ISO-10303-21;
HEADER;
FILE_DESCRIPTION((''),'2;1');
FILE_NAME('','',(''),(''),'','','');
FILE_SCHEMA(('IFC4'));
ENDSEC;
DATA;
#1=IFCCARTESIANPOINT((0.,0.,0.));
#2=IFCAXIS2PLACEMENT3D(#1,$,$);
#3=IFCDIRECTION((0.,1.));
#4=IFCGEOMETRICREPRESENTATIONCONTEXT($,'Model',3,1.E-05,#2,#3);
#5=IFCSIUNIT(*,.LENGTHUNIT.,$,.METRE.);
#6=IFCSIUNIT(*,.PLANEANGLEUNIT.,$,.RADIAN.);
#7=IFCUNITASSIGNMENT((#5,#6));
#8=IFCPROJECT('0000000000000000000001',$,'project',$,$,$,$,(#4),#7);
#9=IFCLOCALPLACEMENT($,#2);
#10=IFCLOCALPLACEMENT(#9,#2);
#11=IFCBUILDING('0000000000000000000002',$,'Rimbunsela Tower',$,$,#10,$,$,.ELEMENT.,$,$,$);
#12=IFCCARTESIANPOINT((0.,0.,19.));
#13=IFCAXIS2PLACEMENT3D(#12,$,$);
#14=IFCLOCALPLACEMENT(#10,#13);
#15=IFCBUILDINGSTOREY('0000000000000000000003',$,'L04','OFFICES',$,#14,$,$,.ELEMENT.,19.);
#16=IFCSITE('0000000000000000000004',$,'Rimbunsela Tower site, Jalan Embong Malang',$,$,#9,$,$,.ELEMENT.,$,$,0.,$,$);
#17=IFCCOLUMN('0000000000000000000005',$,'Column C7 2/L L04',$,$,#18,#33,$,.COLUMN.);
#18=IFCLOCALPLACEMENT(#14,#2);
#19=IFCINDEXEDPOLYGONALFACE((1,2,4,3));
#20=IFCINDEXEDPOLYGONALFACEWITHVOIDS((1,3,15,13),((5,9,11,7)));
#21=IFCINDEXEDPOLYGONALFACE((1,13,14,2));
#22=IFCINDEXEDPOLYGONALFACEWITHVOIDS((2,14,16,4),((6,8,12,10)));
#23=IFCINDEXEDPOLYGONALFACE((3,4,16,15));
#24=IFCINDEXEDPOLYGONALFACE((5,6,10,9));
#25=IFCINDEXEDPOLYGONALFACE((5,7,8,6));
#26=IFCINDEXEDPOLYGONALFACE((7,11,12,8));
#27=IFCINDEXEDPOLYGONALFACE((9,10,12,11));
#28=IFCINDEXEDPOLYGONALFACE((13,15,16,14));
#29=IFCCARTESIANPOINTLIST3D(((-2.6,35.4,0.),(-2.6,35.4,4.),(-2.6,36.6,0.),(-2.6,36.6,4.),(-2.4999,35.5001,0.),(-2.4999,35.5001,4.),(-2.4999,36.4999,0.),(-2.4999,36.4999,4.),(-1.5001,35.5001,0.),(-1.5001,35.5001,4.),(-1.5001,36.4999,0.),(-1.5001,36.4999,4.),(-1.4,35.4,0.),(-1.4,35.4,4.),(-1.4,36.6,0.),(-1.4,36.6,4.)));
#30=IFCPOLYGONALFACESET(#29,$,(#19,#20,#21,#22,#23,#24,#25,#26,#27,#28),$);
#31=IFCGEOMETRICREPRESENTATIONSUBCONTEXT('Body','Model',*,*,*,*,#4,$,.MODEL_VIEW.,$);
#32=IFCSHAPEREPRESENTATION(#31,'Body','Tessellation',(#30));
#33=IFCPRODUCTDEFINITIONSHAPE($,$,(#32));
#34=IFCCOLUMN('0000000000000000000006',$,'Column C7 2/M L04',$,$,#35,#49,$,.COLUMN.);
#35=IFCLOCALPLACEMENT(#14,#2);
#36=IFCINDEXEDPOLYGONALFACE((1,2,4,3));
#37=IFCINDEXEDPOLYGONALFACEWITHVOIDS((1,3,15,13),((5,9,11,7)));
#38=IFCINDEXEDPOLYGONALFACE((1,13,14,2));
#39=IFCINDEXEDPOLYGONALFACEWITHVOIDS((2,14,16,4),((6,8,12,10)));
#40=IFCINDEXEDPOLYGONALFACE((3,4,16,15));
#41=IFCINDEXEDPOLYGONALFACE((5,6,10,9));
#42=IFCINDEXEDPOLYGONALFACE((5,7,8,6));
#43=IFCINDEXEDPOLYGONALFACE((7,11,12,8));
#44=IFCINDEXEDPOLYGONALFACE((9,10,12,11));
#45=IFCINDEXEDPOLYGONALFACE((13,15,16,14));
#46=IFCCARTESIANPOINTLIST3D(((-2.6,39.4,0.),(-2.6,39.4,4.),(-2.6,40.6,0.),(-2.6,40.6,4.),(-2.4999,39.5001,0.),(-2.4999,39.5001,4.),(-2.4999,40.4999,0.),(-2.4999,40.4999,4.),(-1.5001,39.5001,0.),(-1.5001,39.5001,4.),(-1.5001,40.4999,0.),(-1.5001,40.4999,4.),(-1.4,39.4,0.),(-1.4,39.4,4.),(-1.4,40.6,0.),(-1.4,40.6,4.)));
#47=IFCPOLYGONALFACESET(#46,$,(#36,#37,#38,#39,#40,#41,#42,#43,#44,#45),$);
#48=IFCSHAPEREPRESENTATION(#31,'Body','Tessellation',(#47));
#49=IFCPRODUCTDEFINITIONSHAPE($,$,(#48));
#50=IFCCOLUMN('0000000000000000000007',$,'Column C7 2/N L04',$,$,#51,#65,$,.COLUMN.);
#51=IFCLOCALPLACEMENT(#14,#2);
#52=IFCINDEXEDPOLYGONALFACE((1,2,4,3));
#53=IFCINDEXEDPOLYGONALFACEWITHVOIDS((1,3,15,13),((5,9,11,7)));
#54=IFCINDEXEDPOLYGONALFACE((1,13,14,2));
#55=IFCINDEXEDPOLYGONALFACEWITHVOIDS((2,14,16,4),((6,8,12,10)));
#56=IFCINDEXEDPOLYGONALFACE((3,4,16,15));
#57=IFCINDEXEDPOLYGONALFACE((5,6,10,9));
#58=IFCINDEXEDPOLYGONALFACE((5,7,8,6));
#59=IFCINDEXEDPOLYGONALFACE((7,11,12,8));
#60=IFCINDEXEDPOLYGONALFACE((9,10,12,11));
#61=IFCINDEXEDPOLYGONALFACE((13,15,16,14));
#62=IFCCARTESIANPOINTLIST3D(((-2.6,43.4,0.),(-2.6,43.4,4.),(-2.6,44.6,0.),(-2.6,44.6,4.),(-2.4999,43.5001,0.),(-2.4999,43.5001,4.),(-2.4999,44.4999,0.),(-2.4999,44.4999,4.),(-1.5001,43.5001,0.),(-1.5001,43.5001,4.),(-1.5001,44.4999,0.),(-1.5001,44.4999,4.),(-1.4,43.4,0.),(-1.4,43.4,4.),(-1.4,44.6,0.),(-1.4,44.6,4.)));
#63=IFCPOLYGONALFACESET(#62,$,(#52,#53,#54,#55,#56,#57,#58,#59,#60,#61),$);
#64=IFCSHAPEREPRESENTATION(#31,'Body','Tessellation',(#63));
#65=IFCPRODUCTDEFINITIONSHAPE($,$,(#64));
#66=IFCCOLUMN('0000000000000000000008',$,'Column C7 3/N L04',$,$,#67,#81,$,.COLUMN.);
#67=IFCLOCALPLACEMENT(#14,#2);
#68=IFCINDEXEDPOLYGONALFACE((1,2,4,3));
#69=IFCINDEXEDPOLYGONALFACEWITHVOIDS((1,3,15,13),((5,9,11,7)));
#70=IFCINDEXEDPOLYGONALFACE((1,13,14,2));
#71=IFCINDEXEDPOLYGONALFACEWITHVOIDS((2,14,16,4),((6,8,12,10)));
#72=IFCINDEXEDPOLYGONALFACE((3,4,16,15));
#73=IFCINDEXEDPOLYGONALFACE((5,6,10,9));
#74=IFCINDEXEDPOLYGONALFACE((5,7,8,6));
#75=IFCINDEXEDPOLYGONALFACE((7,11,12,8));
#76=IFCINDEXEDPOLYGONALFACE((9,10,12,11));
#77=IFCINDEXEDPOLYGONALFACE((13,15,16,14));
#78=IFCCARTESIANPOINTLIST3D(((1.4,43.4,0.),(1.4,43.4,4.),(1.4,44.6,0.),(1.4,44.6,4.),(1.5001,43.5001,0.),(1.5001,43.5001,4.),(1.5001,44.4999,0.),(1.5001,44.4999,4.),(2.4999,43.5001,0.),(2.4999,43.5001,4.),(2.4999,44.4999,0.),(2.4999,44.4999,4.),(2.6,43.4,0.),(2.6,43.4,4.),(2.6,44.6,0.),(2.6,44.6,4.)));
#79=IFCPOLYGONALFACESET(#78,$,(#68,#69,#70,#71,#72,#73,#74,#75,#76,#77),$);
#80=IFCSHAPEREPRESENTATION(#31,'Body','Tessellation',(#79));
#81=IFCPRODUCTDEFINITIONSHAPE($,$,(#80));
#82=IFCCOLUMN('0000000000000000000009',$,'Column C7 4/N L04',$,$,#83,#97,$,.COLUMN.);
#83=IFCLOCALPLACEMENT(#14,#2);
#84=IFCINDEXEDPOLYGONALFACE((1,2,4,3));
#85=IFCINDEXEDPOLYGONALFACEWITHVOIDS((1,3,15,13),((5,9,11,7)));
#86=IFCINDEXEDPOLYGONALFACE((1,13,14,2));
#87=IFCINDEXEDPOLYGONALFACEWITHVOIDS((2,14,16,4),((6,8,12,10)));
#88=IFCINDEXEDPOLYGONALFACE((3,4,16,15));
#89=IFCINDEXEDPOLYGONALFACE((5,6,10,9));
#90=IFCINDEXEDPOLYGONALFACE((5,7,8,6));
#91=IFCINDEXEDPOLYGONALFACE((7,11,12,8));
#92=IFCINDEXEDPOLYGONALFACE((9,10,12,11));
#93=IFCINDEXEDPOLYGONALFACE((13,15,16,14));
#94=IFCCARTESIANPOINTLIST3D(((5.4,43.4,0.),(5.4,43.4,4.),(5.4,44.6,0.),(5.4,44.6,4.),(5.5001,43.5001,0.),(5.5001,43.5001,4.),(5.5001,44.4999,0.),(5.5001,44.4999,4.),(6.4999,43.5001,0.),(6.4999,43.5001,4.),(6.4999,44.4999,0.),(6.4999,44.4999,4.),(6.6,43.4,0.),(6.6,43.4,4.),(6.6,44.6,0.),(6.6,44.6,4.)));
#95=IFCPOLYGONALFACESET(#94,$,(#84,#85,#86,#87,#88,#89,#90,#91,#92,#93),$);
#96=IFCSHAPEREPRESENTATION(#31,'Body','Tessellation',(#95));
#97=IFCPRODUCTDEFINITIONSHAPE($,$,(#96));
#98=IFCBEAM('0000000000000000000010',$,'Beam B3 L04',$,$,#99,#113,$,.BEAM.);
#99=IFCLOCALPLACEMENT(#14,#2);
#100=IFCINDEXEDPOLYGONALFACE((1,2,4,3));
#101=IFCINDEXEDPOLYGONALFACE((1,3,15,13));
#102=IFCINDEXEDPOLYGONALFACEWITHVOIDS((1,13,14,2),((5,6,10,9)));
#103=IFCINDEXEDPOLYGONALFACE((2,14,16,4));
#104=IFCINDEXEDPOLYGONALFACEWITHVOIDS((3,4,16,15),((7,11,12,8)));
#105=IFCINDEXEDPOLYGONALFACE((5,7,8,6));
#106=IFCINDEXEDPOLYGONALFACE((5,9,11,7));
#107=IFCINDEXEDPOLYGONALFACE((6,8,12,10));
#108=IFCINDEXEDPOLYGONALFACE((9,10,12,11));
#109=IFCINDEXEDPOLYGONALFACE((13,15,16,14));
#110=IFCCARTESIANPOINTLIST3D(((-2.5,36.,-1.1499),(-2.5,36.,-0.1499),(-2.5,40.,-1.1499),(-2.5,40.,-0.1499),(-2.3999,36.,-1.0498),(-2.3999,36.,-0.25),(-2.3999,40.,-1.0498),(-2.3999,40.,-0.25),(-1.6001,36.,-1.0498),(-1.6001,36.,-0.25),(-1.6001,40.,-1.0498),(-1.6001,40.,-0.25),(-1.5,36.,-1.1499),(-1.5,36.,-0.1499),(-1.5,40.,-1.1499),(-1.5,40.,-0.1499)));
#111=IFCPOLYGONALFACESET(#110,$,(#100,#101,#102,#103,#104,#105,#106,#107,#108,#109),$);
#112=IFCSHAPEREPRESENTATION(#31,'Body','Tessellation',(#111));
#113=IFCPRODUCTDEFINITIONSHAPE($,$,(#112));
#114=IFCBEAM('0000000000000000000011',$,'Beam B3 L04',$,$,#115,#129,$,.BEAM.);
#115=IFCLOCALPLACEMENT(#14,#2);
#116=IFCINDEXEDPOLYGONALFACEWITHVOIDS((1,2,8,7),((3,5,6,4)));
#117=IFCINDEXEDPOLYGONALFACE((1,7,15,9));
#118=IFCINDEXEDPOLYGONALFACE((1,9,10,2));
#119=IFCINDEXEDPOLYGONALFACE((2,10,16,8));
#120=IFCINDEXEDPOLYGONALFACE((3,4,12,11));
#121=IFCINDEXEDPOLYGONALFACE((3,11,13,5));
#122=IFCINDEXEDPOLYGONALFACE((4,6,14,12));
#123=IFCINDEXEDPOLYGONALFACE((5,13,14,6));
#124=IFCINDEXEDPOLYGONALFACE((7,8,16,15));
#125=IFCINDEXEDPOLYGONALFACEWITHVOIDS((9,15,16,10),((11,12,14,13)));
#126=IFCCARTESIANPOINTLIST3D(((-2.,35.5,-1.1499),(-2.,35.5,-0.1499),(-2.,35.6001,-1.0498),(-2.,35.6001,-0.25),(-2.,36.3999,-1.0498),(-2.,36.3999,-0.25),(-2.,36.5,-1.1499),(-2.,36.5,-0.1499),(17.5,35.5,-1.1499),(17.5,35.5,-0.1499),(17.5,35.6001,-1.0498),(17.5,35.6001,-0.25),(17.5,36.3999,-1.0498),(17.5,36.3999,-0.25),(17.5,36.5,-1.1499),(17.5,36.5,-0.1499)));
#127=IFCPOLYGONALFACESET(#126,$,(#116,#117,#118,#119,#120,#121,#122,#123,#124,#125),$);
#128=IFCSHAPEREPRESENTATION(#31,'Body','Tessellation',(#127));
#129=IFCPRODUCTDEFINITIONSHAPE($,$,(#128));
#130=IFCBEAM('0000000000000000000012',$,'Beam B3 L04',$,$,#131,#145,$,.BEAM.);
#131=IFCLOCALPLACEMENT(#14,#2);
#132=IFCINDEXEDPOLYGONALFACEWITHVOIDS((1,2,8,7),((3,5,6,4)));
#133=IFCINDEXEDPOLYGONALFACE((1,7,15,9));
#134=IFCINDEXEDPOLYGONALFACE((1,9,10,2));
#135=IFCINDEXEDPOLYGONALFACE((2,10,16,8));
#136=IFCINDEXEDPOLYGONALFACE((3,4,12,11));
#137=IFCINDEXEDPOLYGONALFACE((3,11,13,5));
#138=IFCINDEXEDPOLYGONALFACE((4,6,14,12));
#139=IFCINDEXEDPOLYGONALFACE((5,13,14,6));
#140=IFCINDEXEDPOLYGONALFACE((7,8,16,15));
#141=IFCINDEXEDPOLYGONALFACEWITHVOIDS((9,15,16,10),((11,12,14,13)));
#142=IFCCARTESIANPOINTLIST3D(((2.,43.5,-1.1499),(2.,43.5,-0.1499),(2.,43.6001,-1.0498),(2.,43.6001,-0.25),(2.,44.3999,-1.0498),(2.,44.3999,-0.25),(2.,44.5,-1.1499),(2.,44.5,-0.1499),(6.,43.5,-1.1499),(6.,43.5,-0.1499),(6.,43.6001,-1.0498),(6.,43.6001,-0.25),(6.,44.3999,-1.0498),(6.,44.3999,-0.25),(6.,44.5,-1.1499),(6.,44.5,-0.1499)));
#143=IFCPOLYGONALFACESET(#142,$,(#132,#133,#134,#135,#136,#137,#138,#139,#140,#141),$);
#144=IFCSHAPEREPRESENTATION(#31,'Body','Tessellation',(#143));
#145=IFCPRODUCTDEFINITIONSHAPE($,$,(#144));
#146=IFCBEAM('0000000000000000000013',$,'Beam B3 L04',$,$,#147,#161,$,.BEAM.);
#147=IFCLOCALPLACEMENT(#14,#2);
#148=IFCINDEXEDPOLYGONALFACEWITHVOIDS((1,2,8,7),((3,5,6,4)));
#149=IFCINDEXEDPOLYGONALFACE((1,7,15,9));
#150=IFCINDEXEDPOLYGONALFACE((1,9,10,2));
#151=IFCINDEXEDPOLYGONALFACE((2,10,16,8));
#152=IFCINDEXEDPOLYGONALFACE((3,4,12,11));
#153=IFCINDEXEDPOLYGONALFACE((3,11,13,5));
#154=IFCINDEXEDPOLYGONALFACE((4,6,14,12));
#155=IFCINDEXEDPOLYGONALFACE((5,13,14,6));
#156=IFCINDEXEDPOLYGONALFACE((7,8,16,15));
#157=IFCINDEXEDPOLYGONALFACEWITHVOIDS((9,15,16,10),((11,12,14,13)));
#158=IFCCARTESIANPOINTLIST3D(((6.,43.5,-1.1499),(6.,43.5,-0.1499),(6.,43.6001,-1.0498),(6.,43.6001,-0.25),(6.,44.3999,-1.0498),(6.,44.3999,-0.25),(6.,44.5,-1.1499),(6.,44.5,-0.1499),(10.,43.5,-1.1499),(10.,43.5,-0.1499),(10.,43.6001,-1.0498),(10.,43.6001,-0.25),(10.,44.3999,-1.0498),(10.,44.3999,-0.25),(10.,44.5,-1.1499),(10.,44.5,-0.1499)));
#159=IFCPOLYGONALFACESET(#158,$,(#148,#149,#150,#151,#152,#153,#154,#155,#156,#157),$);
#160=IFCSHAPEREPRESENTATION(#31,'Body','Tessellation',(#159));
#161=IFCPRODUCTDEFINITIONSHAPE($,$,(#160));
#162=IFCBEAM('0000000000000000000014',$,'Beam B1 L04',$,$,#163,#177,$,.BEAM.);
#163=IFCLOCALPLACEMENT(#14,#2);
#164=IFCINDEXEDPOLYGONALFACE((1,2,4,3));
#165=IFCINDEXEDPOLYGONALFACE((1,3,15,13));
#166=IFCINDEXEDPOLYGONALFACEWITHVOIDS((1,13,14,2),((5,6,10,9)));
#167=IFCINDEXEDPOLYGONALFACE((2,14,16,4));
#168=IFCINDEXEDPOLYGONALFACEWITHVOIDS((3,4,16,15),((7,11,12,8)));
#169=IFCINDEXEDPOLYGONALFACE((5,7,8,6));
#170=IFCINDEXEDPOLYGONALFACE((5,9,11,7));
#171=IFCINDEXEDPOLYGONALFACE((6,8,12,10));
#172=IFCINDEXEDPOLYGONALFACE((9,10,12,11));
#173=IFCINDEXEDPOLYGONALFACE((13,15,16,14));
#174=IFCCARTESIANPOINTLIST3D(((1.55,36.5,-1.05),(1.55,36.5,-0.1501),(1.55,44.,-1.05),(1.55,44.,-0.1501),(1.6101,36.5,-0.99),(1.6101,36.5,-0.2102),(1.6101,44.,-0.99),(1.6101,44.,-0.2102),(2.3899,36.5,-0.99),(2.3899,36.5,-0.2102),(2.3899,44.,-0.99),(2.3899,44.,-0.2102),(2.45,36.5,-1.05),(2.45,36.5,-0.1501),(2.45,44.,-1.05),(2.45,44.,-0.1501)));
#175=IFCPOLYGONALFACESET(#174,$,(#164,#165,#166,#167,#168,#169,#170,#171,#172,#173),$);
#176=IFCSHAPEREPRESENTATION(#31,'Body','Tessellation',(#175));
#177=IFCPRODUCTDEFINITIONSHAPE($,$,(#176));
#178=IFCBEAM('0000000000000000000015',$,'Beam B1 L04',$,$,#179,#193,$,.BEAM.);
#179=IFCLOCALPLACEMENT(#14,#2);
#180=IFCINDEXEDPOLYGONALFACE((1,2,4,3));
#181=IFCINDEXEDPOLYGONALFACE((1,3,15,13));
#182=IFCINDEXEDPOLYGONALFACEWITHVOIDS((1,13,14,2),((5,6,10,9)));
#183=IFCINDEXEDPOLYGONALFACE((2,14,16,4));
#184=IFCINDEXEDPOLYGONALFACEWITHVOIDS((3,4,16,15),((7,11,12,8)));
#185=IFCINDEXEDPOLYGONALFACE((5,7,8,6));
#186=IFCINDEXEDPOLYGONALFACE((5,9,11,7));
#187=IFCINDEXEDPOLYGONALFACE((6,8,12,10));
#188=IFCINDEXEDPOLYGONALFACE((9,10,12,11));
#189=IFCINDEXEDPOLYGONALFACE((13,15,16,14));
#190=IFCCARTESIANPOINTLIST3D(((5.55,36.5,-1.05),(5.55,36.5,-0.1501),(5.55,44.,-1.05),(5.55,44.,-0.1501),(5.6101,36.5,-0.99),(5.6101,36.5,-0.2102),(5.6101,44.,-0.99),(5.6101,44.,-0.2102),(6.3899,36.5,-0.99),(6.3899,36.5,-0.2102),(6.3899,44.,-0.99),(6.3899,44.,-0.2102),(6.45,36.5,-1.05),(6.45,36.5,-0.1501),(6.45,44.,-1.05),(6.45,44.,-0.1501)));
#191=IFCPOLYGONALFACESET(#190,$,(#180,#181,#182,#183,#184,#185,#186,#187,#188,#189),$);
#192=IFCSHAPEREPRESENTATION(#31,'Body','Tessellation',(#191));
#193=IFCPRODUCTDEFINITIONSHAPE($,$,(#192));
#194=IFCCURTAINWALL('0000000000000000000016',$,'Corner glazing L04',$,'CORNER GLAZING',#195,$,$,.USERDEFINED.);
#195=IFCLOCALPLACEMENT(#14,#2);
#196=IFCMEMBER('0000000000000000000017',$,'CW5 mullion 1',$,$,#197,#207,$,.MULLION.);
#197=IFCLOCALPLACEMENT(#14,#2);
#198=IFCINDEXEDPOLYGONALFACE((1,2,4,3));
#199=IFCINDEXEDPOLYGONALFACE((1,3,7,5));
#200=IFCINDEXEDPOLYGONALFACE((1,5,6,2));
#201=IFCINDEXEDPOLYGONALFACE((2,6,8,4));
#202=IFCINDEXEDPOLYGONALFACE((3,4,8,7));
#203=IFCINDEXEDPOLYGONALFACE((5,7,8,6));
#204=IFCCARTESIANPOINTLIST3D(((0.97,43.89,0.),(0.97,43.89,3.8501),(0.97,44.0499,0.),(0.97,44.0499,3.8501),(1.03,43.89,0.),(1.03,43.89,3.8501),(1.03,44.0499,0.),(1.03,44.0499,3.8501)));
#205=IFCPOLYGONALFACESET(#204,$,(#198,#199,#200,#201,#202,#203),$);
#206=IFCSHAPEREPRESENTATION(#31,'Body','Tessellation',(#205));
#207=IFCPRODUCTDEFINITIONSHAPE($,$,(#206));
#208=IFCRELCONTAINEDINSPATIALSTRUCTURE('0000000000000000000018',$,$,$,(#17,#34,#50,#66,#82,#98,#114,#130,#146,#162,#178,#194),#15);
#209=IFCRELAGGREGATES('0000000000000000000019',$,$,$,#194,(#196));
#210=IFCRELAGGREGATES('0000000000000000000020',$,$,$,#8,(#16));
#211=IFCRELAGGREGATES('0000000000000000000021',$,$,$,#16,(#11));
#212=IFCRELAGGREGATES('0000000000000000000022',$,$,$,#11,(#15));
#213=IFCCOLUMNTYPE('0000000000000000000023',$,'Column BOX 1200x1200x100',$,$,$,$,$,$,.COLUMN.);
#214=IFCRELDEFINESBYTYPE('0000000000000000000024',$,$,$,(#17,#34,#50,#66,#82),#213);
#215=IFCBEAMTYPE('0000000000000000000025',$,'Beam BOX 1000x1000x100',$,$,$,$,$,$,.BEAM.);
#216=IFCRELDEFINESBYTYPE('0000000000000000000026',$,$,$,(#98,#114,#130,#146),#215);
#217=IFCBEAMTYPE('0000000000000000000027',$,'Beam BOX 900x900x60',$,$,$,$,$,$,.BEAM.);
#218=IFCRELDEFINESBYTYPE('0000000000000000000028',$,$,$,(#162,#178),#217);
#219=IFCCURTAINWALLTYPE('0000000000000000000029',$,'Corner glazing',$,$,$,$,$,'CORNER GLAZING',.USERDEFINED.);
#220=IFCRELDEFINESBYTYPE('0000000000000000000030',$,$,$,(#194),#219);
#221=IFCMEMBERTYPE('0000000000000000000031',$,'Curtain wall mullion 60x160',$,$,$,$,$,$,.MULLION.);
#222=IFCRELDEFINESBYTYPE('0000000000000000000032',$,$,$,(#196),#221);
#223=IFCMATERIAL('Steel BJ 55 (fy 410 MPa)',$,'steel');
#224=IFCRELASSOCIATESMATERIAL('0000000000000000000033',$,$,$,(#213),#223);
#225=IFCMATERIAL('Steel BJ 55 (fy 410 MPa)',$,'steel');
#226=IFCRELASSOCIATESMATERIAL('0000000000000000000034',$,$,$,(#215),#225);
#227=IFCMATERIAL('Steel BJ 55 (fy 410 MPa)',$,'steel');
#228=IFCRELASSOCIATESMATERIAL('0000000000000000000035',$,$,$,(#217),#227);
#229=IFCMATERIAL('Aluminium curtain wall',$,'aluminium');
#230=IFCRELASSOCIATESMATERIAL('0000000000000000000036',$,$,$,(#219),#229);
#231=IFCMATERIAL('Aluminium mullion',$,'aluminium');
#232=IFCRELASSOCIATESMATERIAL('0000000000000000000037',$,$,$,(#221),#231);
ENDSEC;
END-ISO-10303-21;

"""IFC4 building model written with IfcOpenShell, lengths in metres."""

from ifc_helpers import new_model, si_unit, direction, frame, origin, origin_2d, place, context, subcontext, project, spatial, rectangle, hollow_rectangle, extrude, material, material_profile, profile_set, type_object, element, aggregate, save


model = new_model("IFC4")

# Units and contexts
model_context = context("Model", 3, precision=1e-05, world=origin(), true_north=direction((0.0, 1.0)))
body_context = subcontext(model_context, "Body", "Model", "MODEL_VIEW")
ifc_project = project(units=[si_unit("LENGTHUNIT", "METRE"), si_unit("PLANEANGLEUNIT", "RADIAN")], contexts=[model_context])

# Site, building, storey
site_placement = place(None, origin())
site = spatial("IfcSite", under=ifc_project, at=site_placement, Name="Rimbunsela Tower site, Jalan Embong Malang", CompositionType="ELEMENT", RefElevation=0.0)
building_placement = place(site_placement, origin())
building = spatial("IfcBuilding", under=site, at=building_placement, Name="Rimbunsela Tower", CompositionType="ELEMENT")
storey_placement = place(building_placement, frame((0.0, 0.0, 19.0)))
storey = spatial("IfcBuildingStorey", under=building, at=storey_placement, Name="L04", Description="OFFICES", CompositionType="ELEMENT", Elevation=19.0)

# Columns
ifc_material_1 = material(Name="Steel BJ 55 (fy 410 MPa)", Category="steel")
ifc_material_profile_1 = material_profile(ifc_material_1, hollow_rectangle(XDim=1.2, YDim=1.2, WallThickness=0.1001, at=origin_2d()), Name="BOX 1200x1200x100")
ifc_profile_set_1 = profile_set([ifc_material_profile_1], Name="Steel BJ 55 (fy 410 MPa)")
column_type = type_object("IfcColumnType", Name="Column BOX 1200x1200x100", PredefinedType="COLUMN", material=ifc_profile_set_1)
for number, where, z_axis, x_axis, name in (
    (1, (-2.0, 36.0, 0.0), (0.0, 0.0, 1.0), (1.0, 0.0, 0.0), "Column C7 2/L L04"),
    (2, (-2.0, 40.0, 0.0), (0.0, 0.0, 1.0), (1.0, 0.0, 0.0), "Column C7 2/M L04"),
    (3, (-2.0, 44.0, 0.0), (0.0, 0.0, 1.0), (1.0, 0.0, 0.0), "Column C7 2/N L04"),
    (4, (2.0, 44.0, 0.0), (0.0, 0.0, 1.0), (1.0, 0.0, 0.0), "Column C7 3/N L04"),
    (5, (6.0, 44.0, 0.0), (0.0, 0.0, 1.0), (1.0, 0.0, 0.0), "Column C7 4/N L04"),
):
    element("IfcColumn", number, at=place(storey_placement, frame(where, z_axis=z_axis, x_axis=x_axis)), inside=storey, type_object=column_type, Name=name, PredefinedType="COLUMN", context=body_context, shape_type="SweptSolid", body=[
        extrude(hollow_rectangle(XDim=1.2, YDim=1.2, WallThickness=0.1001, at=origin_2d()), origin(), (0.0, 0.0, 1.0), 4.0),
    ])

# Beams
ifc_material_2 = material(Name="Steel BJ 55 (fy 410 MPa)", Category="steel")
ifc_material_profile_2 = material_profile(ifc_material_2, hollow_rectangle(XDim=1.0, YDim=1.0, WallThickness=0.1001, at=origin_2d()), Name="BOX 1000x1000x100")
ifc_profile_set_2 = profile_set([ifc_material_profile_2], Name="Steel BJ 55 (fy 410 MPa)")
beam_type_1 = type_object("IfcBeamType", Name="Beam BOX 1000x1000x100", PredefinedType="BEAM", material=ifc_profile_set_2)
beam_1_placement = place(storey_placement, frame((-2.0, 36.0, -0.6499), z_axis=(0.0, 1.0, 0.0), x_axis=(-1.0, 0.0, 0.0)))
element("IfcBeam", 6, at=beam_1_placement, inside=storey, type_object=beam_type_1, Name="Beam B3 L04", PredefinedType="BEAM", context=body_context, shape_type="SweptSolid", body=[
    extrude(hollow_rectangle(XDim=1.0, YDim=1.0, WallThickness=0.1001, at=origin_2d()), origin(), (0.0, 0.0, 1.0), 4.0),
])
beam_2_placement = place(storey_placement, frame((-2.0, 36.0, -0.6499), z_axis=(1.0, 0.0, 0.0), x_axis=(0.0, 1.0, 0.0)))
element("IfcBeam", 7, at=beam_2_placement, inside=storey, type_object=beam_type_1, Name="Beam B3 L04", PredefinedType="BEAM", context=body_context, shape_type="SweptSolid", body=[
    extrude(hollow_rectangle(XDim=1.0, YDim=1.0, WallThickness=0.1001, at=origin_2d()), origin(), (0.0, 0.0, 1.0), 19.5),
])
for number, where, z_axis, x_axis, name in (
    (8, (2.0, 44.0, -0.6499), (1.0, 0.0, 0.0), (0.0, 1.0, 0.0), "Beam B3 L04"),
    (9, (6.0, 44.0, -0.6499), (1.0, 0.0, 0.0), (0.0, 1.0, 0.0), "Beam B3 L04"),
):
    element("IfcBeam", number, at=place(storey_placement, frame(where, z_axis=z_axis, x_axis=x_axis)), inside=storey, type_object=beam_type_1, Name=name, PredefinedType="BEAM", context=body_context, shape_type="SweptSolid", body=[
        extrude(hollow_rectangle(XDim=1.0, YDim=1.0, WallThickness=0.1001, at=origin_2d()), origin(), (0.0, 0.0, 1.0), 4.0),
    ])
ifc_material_3 = material(Name="Steel BJ 55 (fy 410 MPa)", Category="steel")
ifc_material_profile_3 = material_profile(ifc_material_3, hollow_rectangle(XDim=0.8999, YDim=0.8999, WallThickness=0.0601, at=origin_2d()), Name="BOX 900x900x60")
ifc_profile_set_3 = profile_set([ifc_material_profile_3], Name="Steel BJ 55 (fy 410 MPa)")
beam_type_2 = type_object("IfcBeamType", Name="Beam BOX 900x900x60", PredefinedType="BEAM", material=ifc_profile_set_3)
for number, where, z_axis, x_axis, name in (
    (10, (2.0, 36.5, -0.6001), (0.0, 1.0, 0.0), (-1.0, 0.0, 0.0), "Beam B1 L04"),
    (11, (6.0, 36.5, -0.6001), (0.0, 1.0, 0.0), (-1.0, 0.0, 0.0), "Beam B1 L04"),
):
    element("IfcBeam", number, at=place(storey_placement, frame(where, z_axis=z_axis, x_axis=x_axis)), inside=storey, type_object=beam_type_2, Name=name, PredefinedType="BEAM", context=body_context, shape_type="SweptSolid", body=[
        extrude(hollow_rectangle(XDim=0.8999, YDim=0.8999, WallThickness=0.0601, at=origin_2d()), origin(), (0.0, 0.0, 1.0), 7.5),
    ])

# Curtain wall, member
ifc_material_4 = material(Name="Aluminium curtain wall", Category="aluminium")
curtain_wall_type = type_object("IfcCurtainWallType", Name="Corner glazing", ElementType="CORNER GLAZING", PredefinedType="USERDEFINED", material=ifc_material_4)
curtain_wall_1_placement = place(storey_placement, origin())
curtain_wall_1 = element("IfcCurtainWall", 12, at=curtain_wall_1_placement, inside=storey, type_object=curtain_wall_type, Name="Corner glazing L04", ObjectType="CORNER GLAZING", PredefinedType="USERDEFINED")
ifc_material_5 = material(Name="Aluminium mullion", Category="aluminium")
ifc_material_profile_4 = material_profile(ifc_material_5, rectangle(XDim=0.0601, YDim=0.1599, at=origin_2d()), Name="Mullion 60x160")
ifc_profile_set_4 = profile_set([ifc_material_profile_4], Name="Aluminium mullion")
member_type_1 = type_object("IfcMemberType", Name="Curtain wall mullion 60x160", PredefinedType="MULLION", material=ifc_profile_set_4)
member_1_placement = place(storey_placement, frame((1.0, 43.97, 0.0), z_axis=(0.0, 0.0, 1.0), x_axis=(1.0, 0.0, 0.0)))
member_1 = element("IfcMember", 13, at=member_1_placement, type_object=member_type_1, Name="CW5 mullion 1", PredefinedType="MULLION", context=body_context, shape_type="SweptSolid", body=[
    extrude(rectangle(XDim=0.0601, YDim=0.1599, at=origin_2d()), origin(), (0.0, 0.0, 1.0), 3.8501),
])

aggregate(curtain_wall_1, [member_1])

save(model, "model.ifc")
